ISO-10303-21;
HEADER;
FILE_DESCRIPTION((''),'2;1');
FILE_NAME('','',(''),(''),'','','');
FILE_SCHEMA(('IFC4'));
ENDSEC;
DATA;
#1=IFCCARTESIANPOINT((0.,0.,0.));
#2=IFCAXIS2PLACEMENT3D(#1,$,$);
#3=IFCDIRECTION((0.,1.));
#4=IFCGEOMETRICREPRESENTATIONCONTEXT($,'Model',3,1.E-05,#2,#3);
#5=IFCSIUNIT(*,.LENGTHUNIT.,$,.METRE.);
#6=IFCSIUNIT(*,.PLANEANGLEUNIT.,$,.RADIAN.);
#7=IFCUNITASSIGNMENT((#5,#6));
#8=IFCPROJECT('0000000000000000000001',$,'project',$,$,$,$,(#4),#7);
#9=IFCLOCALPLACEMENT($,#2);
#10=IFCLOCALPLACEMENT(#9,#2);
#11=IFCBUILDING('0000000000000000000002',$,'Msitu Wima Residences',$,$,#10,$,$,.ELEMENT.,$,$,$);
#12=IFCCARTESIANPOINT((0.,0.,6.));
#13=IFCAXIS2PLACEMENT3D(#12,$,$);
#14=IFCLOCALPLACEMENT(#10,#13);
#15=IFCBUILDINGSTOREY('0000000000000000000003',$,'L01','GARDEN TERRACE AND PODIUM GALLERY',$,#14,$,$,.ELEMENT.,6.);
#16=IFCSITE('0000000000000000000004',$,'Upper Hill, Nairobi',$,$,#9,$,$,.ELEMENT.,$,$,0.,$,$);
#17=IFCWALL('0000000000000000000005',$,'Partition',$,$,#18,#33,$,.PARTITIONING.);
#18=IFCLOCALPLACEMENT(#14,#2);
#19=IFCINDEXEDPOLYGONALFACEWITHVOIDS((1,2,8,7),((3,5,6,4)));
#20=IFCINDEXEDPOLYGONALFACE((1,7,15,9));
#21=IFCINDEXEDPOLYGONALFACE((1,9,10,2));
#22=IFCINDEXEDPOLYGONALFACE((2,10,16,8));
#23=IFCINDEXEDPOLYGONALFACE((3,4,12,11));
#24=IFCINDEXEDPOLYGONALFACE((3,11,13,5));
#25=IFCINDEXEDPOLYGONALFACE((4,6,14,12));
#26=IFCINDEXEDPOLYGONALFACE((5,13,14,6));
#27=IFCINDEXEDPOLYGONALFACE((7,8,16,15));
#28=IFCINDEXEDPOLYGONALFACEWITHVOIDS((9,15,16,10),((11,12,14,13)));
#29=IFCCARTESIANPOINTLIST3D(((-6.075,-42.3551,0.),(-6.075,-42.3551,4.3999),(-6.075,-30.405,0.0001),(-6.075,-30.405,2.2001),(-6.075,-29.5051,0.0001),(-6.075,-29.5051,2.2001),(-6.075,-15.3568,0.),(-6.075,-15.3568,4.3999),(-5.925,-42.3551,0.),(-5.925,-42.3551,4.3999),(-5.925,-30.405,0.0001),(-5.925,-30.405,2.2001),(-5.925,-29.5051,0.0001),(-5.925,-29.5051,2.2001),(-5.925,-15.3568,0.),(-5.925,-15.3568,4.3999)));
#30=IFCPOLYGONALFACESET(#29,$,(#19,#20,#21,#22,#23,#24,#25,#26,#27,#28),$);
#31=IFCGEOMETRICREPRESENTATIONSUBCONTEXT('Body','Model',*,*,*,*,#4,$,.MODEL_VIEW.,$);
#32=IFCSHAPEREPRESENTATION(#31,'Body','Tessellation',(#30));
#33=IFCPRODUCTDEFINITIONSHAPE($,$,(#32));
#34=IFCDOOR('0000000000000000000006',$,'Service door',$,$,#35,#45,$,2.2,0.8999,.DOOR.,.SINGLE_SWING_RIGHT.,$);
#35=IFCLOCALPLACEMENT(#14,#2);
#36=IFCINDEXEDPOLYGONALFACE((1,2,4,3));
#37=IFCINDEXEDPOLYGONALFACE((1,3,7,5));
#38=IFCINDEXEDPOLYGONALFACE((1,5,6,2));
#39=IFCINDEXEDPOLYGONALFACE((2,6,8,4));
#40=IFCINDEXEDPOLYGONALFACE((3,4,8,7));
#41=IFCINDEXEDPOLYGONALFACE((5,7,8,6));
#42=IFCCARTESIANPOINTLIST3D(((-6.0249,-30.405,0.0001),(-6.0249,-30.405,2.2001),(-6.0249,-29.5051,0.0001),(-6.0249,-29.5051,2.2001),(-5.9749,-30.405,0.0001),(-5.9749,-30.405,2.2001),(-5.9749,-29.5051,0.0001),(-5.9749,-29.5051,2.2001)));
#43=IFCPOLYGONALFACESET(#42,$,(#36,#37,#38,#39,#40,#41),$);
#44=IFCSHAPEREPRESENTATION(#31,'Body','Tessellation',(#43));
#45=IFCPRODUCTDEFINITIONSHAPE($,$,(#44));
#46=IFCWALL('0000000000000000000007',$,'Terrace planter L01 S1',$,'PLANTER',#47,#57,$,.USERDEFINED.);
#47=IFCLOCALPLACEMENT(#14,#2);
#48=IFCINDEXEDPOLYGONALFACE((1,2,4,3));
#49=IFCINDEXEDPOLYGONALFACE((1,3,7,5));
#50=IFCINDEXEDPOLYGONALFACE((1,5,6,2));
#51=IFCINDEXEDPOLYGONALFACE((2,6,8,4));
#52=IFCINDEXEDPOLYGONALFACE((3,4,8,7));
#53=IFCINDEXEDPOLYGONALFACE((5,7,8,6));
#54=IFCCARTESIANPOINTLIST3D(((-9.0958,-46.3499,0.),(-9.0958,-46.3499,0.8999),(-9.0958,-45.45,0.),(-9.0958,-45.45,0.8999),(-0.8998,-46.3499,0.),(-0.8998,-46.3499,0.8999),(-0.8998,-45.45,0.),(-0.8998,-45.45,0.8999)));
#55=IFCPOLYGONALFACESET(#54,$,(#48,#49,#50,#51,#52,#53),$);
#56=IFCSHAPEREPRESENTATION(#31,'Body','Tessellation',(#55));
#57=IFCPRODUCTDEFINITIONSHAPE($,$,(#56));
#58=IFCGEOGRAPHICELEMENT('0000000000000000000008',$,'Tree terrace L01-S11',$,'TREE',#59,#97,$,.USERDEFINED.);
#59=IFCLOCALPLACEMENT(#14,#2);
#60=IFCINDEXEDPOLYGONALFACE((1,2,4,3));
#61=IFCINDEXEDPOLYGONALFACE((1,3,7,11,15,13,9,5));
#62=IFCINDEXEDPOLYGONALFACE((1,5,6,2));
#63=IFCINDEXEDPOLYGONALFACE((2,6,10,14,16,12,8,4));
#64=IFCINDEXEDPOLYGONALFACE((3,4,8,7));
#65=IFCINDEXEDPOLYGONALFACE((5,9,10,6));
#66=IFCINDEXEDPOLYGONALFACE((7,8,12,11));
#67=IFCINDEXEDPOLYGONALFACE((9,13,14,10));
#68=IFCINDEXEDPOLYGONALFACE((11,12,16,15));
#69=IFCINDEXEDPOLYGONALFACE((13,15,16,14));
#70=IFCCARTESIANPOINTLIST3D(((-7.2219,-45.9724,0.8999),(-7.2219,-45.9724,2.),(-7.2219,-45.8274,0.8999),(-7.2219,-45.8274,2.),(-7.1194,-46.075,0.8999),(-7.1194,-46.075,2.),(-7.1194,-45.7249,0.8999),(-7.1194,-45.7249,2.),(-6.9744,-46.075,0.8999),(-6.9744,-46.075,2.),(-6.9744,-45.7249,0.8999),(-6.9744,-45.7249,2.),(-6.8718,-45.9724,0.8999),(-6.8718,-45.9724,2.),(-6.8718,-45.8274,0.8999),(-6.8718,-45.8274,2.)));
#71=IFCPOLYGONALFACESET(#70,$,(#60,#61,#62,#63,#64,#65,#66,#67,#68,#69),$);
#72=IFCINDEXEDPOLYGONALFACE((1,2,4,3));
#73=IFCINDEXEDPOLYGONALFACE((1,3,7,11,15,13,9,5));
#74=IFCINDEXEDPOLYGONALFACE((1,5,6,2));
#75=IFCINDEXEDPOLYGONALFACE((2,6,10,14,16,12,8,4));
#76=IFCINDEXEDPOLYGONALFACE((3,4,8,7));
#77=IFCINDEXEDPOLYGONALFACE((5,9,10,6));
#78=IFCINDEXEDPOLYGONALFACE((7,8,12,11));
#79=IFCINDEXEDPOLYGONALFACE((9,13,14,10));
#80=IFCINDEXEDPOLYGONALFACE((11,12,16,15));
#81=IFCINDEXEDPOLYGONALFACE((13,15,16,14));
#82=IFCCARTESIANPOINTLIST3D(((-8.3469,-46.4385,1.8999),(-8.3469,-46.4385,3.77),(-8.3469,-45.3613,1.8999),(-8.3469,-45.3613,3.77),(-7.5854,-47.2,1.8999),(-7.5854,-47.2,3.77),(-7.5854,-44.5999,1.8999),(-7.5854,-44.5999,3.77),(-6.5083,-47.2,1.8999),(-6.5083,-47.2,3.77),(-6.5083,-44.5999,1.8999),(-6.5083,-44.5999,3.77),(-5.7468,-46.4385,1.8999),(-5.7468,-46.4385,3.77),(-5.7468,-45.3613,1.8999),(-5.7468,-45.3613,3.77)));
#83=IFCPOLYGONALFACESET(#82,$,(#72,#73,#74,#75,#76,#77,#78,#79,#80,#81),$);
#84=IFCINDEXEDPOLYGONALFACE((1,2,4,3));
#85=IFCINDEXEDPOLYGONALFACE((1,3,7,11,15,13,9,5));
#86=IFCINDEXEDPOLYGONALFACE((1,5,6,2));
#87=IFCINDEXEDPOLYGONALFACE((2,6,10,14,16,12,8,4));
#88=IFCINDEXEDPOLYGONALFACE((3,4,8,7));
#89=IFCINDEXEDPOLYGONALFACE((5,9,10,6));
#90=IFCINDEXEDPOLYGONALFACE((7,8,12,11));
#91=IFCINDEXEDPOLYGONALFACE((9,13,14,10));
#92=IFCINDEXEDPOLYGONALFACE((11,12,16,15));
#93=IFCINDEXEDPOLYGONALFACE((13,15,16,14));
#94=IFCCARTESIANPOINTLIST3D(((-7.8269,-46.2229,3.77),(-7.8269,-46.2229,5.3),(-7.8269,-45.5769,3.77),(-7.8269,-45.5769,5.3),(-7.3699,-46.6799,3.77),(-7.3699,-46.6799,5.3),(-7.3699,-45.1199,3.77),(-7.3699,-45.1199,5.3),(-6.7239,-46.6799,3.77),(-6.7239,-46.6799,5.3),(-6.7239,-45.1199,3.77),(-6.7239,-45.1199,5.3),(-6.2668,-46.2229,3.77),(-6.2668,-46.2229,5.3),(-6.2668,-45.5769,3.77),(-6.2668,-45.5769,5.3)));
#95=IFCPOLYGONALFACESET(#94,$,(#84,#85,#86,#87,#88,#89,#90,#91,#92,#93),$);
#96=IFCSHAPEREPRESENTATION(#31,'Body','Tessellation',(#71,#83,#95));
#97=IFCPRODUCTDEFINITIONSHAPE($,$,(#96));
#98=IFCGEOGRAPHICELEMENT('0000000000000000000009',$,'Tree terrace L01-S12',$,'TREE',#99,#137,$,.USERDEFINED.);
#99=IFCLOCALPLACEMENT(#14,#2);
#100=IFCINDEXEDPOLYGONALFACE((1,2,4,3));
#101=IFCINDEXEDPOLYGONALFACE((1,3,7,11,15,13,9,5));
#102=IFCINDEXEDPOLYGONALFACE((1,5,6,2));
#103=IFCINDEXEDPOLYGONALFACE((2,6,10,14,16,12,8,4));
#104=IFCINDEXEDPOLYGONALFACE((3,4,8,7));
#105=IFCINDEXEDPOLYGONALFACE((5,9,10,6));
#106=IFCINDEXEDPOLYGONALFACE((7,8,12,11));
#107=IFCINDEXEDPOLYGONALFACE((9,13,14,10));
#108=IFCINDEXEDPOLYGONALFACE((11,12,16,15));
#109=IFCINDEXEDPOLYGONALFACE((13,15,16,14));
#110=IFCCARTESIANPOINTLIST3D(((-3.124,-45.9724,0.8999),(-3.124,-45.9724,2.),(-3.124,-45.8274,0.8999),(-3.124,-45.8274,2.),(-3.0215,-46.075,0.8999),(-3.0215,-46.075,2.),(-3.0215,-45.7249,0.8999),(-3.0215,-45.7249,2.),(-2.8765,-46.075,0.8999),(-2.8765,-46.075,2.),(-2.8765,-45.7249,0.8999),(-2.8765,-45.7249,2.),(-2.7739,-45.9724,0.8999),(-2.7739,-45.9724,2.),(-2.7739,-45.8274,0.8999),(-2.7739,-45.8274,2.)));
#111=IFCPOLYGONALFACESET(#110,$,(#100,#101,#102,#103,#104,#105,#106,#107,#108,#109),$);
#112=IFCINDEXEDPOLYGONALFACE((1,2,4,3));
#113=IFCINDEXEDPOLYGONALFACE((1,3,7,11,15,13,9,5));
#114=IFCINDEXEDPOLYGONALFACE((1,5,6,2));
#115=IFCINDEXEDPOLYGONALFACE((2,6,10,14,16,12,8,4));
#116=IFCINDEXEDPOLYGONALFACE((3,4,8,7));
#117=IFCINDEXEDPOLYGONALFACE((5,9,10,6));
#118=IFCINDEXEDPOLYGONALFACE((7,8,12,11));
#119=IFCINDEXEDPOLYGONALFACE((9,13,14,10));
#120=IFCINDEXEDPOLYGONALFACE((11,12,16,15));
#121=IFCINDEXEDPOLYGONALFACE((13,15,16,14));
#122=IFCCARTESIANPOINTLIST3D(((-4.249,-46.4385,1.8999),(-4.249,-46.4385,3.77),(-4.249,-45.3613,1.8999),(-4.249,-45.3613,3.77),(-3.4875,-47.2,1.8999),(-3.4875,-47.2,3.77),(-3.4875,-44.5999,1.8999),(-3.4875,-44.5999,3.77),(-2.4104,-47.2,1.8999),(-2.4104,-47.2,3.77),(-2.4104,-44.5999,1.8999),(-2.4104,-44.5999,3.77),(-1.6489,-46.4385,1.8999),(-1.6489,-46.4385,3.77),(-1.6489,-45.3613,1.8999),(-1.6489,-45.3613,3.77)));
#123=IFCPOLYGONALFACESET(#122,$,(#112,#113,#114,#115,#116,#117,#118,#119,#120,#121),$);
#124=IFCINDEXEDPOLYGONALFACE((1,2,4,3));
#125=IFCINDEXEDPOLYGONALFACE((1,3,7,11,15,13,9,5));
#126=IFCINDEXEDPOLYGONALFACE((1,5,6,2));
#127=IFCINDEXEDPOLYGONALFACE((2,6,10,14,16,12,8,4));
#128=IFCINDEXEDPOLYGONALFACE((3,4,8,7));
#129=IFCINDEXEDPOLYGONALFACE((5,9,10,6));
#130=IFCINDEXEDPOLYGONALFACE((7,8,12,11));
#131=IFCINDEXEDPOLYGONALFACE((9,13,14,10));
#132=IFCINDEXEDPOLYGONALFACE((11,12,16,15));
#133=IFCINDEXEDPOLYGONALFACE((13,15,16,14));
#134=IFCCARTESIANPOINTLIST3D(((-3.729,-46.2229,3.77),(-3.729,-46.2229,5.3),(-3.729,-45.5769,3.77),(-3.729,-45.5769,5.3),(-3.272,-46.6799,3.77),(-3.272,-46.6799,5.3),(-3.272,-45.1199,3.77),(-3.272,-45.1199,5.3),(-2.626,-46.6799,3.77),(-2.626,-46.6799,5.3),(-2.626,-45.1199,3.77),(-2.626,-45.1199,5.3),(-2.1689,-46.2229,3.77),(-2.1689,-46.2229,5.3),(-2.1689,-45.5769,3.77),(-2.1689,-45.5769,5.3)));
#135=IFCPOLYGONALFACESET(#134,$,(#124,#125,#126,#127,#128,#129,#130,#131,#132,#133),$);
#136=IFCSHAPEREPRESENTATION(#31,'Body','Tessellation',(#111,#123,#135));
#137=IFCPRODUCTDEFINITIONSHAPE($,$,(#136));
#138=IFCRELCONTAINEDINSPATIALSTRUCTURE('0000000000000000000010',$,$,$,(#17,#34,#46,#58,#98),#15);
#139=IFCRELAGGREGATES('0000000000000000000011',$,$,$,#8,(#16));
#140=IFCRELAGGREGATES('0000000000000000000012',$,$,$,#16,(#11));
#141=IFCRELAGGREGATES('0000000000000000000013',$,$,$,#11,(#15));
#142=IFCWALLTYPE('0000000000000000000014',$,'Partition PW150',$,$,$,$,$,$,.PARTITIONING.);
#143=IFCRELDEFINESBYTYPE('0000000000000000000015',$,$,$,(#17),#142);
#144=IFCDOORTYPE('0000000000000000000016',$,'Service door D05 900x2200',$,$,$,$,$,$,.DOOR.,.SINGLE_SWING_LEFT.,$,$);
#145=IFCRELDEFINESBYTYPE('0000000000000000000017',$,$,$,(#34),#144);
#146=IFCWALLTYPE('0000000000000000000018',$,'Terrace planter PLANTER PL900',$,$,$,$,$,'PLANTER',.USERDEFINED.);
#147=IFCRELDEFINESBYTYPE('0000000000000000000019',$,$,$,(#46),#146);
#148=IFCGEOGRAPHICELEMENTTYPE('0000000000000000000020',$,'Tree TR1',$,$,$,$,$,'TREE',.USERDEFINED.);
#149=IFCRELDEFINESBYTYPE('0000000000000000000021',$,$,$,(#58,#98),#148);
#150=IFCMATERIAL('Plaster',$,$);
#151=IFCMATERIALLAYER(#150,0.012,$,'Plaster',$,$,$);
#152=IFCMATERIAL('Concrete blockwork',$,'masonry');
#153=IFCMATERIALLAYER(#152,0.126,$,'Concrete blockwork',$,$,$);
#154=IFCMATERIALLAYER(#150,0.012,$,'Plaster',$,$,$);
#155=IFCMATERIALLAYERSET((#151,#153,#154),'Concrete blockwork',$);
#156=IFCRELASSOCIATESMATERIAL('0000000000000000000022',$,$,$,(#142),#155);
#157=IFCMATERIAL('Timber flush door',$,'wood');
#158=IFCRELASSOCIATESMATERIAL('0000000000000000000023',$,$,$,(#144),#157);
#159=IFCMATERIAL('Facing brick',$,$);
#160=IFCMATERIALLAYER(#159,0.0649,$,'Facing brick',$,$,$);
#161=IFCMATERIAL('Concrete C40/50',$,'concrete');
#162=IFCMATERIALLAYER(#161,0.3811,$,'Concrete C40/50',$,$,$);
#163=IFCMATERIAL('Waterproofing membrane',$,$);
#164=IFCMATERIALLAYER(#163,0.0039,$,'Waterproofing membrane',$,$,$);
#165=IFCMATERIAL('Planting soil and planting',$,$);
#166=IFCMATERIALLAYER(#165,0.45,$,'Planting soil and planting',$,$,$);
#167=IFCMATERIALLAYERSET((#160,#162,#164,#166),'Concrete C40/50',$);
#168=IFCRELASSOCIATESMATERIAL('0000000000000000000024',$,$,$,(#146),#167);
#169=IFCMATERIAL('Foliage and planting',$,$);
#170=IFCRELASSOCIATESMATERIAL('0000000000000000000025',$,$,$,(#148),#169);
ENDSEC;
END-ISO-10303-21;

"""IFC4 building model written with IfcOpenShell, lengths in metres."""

from ifc_helpers import new_model, si_unit, direction, frame, frame_2d, origin, place, context, subcontext, project, spatial, polyline, rectangle, outline, extrude, material, layer, layer_set, type_object, element, fill, save


model = new_model("IFC4")

# Units and contexts
model_context = context("Model", 3, precision=1e-05, world=origin(), true_north=direction((0.0, 1.0)))
body_context = subcontext(model_context, "Body", "Model", "MODEL_VIEW")
ifc_project = project(units=[si_unit("LENGTHUNIT", "METRE"), si_unit("PLANEANGLEUNIT", "RADIAN")], contexts=[model_context])

# Site, building, storey
site_placement = place(None, origin())
site = spatial("IfcSite", under=ifc_project, at=site_placement, Name="Upper Hill, Nairobi", CompositionType="ELEMENT", RefElevation=0.0)
building_placement = place(site_placement, origin())
building = spatial("IfcBuilding", under=site, at=building_placement, Name="Msitu Wima Residences", CompositionType="ELEMENT")
storey_placement = place(building_placement, frame((0.0, 0.0, 6.0)))
storey = spatial("IfcBuildingStorey", under=building, at=storey_placement, Name="L01", Description="GARDEN TERRACE AND PODIUM GALLERY", CompositionType="ELEMENT", Elevation=6.0)

# Wall, opening, door
ifc_material_1 = material(Name="Plaster")
ifc_layer_1 = layer(ifc_material_1, 0.012, Name="Plaster")
ifc_material_2 = material(Name="Concrete blockwork", Category="masonry")
ifc_layer_2 = layer(ifc_material_2, 0.126, Name="Concrete blockwork")
ifc_layer_3 = layer(ifc_material_1, 0.012, Name="Plaster")
ifc_layer_set_1 = layer_set([ifc_layer_1, ifc_layer_2, ifc_layer_3], Name="Concrete blockwork")
wall_type_1 = type_object("IfcWallType", Name="Partition PW150", PredefinedType="PARTITIONING", material=ifc_layer_set_1)
wall_1_placement = place(storey_placement, frame((-6.0, -42.355, 0.0), z_axis=(0.0, 0.0, 1.0), x_axis=(0.0, 1.0, 0.0)))
wall_1 = element("IfcWall", 1, at=wall_1_placement, inside=storey, type_object=wall_type_1, Name="Partition", PredefinedType="PARTITIONING", context=body_context, shape_type="SweptSolid", body=[
    extrude(rectangle(XDim=26.9983, YDim=0.1499, at=frame_2d((13.499, 0.0))), origin(), (0.0, 0.0, 1.0), 4.3999),
])
opening_1_placement = place(wall_1_placement, frame((11.95, 0.0, 0.0)))
opening_1 = element("IfcOpeningElement", 2, at=opening_1_placement, cuts=wall_1, PredefinedType="OPENING", context=body_context, shape_type="SweptSolid", body=[
    extrude(rectangle(XDim=0.8999, YDim=2.2, at=frame_2d((0.45, 1.1001))), frame((0.0, 0.085, 0.0), z_axis=(0.0, -1.0, 0.0), x_axis=(1.0, 0.0, 0.0)), (0.0, 0.0, 1.0), 0.1699),
])
ifc_material_3 = material(Name="Timber flush door", Category="wood")
door_type_1 = type_object("IfcDoorType", Name="Service door D05 900x2200", OperationType="SINGLE_SWING_LEFT", PredefinedType="DOOR", material=ifc_material_3)
door_1_placement = place(opening_1_placement, origin())
door_1 = element("IfcDoor", 3, at=door_1_placement, inside=storey, type_object=door_type_1, Name="Service door", OperationType="SINGLE_SWING_RIGHT", OverallHeight=2.2, OverallWidth=0.8999, PredefinedType="DOOR", context=body_context, shape_type="SweptSolid", body=[
    extrude(rectangle(XDim=0.8999, YDim=2.2, at=frame_2d((0.45, 1.1001))), frame((0.0, 0.0249, 0.0), z_axis=(0.0, -1.0, 0.0), x_axis=(1.0, 0.0, 0.0)), (0.0, 0.0, 1.0), 0.05),
])
fill(opening_1, door_1)

# Wall
ifc_material_4 = material(Name="Facing brick")
ifc_layer_4 = layer(ifc_material_4, 0.0649, Name="Facing brick")
ifc_material_5 = material(Name="Concrete C40/50", Category="concrete")
ifc_layer_5 = layer(ifc_material_5, 0.3811, Name="Concrete C40/50")
ifc_material_6 = material(Name="Waterproofing membrane")
ifc_layer_6 = layer(ifc_material_6, 0.0039, Name="Waterproofing membrane")
ifc_material_7 = material(Name="Planting soil and planting")
ifc_layer_7 = layer(ifc_material_7, 0.45, Name="Planting soil and planting")
ifc_layer_set_2 = layer_set([ifc_layer_4, ifc_layer_5, ifc_layer_6, ifc_layer_7], Name="Concrete C40/50")
wall_type_2 = type_object("IfcWallType", Name="Terrace planter PLANTER PL900", ElementType="PLANTER", PredefinedType="USERDEFINED", material=ifc_layer_set_2)
wall_2_placement = place(storey_placement, frame((-9.0959, -45.8999, 0.0), z_axis=(0.0, 0.0, 1.0), x_axis=(1.0, 0.0, 0.0)))
element("IfcWall", 4, at=wall_2_placement, inside=storey, type_object=wall_type_2, Name="Terrace planter L01 S1", ObjectType="PLANTER", PredefinedType="USERDEFINED", context=body_context, shape_type="SweptSolid", body=[
    extrude(rectangle(XDim=8.196, YDim=0.8999, at=frame_2d((4.0981, 0.0))), origin(), (0.0, 0.0, 1.0), 0.8999),
])

# Geographic elements
ifc_material_8 = material(Name="Foliage and planting")
geographic_element_type = type_object("IfcGeographicElementType", Name="Tree TR1", ElementType="TREE", PredefinedType="USERDEFINED", material=ifc_material_8)
for number, where, z_axis, x_axis, name in (
    (5, (-7.0469, -45.8999, 0.8999), (0.0, 0.0, 1.0), (1.0, 0.0, 0.0), "Tree terrace L01-S11"),
    (6, (-2.949, -45.8999, 0.8999), (0.0, 0.0, 1.0), (1.0, 0.0, 0.0), "Tree terrace L01-S12"),
):
    element("IfcGeographicElement", number, at=place(storey_placement, frame(where, z_axis=z_axis, x_axis=x_axis)), inside=storey, type_object=geographic_element_type, Name=name, ObjectType="TREE", PredefinedType="USERDEFINED", context=body_context, shape_type="SweptSolid", body=[
        extrude(outline(polyline([(0.175, 0.0725), (0.0725, 0.175), (-0.0725, 0.175), (-0.175, 0.0725), (-0.175, -0.0725), (-0.0725, -0.175), (0.0725, -0.175), (0.175, -0.0725), (0.175, 0.0725)])), origin(), (0.0, 0.0, 1.0), 1.1001),
        extrude(outline(polyline([(1.3, 0.5386), (0.5386, 1.3), (-0.5386, 1.3), (-1.3, 0.5386), (-1.3, -0.5386), (-0.5386, -1.3), (0.5386, -1.3), (1.3, -0.5386), (1.3, 0.5386)])), frame((0.0, 0.0, 1.0)), (0.0, 0.0, 1.0), 1.8701),
        extrude(outline(polyline([(0.78, 0.323), (0.323, 0.78), (-0.323, 0.78), (-0.78, 0.323), (-0.78, -0.323), (-0.323, -0.78), (0.323, -0.78), (0.78, -0.323), (0.78, 0.323)])), frame((0.0, 0.0, 2.8701)), (0.0, 0.0, 1.0), 1.53),
    ])

save(model, "model.ifc")
